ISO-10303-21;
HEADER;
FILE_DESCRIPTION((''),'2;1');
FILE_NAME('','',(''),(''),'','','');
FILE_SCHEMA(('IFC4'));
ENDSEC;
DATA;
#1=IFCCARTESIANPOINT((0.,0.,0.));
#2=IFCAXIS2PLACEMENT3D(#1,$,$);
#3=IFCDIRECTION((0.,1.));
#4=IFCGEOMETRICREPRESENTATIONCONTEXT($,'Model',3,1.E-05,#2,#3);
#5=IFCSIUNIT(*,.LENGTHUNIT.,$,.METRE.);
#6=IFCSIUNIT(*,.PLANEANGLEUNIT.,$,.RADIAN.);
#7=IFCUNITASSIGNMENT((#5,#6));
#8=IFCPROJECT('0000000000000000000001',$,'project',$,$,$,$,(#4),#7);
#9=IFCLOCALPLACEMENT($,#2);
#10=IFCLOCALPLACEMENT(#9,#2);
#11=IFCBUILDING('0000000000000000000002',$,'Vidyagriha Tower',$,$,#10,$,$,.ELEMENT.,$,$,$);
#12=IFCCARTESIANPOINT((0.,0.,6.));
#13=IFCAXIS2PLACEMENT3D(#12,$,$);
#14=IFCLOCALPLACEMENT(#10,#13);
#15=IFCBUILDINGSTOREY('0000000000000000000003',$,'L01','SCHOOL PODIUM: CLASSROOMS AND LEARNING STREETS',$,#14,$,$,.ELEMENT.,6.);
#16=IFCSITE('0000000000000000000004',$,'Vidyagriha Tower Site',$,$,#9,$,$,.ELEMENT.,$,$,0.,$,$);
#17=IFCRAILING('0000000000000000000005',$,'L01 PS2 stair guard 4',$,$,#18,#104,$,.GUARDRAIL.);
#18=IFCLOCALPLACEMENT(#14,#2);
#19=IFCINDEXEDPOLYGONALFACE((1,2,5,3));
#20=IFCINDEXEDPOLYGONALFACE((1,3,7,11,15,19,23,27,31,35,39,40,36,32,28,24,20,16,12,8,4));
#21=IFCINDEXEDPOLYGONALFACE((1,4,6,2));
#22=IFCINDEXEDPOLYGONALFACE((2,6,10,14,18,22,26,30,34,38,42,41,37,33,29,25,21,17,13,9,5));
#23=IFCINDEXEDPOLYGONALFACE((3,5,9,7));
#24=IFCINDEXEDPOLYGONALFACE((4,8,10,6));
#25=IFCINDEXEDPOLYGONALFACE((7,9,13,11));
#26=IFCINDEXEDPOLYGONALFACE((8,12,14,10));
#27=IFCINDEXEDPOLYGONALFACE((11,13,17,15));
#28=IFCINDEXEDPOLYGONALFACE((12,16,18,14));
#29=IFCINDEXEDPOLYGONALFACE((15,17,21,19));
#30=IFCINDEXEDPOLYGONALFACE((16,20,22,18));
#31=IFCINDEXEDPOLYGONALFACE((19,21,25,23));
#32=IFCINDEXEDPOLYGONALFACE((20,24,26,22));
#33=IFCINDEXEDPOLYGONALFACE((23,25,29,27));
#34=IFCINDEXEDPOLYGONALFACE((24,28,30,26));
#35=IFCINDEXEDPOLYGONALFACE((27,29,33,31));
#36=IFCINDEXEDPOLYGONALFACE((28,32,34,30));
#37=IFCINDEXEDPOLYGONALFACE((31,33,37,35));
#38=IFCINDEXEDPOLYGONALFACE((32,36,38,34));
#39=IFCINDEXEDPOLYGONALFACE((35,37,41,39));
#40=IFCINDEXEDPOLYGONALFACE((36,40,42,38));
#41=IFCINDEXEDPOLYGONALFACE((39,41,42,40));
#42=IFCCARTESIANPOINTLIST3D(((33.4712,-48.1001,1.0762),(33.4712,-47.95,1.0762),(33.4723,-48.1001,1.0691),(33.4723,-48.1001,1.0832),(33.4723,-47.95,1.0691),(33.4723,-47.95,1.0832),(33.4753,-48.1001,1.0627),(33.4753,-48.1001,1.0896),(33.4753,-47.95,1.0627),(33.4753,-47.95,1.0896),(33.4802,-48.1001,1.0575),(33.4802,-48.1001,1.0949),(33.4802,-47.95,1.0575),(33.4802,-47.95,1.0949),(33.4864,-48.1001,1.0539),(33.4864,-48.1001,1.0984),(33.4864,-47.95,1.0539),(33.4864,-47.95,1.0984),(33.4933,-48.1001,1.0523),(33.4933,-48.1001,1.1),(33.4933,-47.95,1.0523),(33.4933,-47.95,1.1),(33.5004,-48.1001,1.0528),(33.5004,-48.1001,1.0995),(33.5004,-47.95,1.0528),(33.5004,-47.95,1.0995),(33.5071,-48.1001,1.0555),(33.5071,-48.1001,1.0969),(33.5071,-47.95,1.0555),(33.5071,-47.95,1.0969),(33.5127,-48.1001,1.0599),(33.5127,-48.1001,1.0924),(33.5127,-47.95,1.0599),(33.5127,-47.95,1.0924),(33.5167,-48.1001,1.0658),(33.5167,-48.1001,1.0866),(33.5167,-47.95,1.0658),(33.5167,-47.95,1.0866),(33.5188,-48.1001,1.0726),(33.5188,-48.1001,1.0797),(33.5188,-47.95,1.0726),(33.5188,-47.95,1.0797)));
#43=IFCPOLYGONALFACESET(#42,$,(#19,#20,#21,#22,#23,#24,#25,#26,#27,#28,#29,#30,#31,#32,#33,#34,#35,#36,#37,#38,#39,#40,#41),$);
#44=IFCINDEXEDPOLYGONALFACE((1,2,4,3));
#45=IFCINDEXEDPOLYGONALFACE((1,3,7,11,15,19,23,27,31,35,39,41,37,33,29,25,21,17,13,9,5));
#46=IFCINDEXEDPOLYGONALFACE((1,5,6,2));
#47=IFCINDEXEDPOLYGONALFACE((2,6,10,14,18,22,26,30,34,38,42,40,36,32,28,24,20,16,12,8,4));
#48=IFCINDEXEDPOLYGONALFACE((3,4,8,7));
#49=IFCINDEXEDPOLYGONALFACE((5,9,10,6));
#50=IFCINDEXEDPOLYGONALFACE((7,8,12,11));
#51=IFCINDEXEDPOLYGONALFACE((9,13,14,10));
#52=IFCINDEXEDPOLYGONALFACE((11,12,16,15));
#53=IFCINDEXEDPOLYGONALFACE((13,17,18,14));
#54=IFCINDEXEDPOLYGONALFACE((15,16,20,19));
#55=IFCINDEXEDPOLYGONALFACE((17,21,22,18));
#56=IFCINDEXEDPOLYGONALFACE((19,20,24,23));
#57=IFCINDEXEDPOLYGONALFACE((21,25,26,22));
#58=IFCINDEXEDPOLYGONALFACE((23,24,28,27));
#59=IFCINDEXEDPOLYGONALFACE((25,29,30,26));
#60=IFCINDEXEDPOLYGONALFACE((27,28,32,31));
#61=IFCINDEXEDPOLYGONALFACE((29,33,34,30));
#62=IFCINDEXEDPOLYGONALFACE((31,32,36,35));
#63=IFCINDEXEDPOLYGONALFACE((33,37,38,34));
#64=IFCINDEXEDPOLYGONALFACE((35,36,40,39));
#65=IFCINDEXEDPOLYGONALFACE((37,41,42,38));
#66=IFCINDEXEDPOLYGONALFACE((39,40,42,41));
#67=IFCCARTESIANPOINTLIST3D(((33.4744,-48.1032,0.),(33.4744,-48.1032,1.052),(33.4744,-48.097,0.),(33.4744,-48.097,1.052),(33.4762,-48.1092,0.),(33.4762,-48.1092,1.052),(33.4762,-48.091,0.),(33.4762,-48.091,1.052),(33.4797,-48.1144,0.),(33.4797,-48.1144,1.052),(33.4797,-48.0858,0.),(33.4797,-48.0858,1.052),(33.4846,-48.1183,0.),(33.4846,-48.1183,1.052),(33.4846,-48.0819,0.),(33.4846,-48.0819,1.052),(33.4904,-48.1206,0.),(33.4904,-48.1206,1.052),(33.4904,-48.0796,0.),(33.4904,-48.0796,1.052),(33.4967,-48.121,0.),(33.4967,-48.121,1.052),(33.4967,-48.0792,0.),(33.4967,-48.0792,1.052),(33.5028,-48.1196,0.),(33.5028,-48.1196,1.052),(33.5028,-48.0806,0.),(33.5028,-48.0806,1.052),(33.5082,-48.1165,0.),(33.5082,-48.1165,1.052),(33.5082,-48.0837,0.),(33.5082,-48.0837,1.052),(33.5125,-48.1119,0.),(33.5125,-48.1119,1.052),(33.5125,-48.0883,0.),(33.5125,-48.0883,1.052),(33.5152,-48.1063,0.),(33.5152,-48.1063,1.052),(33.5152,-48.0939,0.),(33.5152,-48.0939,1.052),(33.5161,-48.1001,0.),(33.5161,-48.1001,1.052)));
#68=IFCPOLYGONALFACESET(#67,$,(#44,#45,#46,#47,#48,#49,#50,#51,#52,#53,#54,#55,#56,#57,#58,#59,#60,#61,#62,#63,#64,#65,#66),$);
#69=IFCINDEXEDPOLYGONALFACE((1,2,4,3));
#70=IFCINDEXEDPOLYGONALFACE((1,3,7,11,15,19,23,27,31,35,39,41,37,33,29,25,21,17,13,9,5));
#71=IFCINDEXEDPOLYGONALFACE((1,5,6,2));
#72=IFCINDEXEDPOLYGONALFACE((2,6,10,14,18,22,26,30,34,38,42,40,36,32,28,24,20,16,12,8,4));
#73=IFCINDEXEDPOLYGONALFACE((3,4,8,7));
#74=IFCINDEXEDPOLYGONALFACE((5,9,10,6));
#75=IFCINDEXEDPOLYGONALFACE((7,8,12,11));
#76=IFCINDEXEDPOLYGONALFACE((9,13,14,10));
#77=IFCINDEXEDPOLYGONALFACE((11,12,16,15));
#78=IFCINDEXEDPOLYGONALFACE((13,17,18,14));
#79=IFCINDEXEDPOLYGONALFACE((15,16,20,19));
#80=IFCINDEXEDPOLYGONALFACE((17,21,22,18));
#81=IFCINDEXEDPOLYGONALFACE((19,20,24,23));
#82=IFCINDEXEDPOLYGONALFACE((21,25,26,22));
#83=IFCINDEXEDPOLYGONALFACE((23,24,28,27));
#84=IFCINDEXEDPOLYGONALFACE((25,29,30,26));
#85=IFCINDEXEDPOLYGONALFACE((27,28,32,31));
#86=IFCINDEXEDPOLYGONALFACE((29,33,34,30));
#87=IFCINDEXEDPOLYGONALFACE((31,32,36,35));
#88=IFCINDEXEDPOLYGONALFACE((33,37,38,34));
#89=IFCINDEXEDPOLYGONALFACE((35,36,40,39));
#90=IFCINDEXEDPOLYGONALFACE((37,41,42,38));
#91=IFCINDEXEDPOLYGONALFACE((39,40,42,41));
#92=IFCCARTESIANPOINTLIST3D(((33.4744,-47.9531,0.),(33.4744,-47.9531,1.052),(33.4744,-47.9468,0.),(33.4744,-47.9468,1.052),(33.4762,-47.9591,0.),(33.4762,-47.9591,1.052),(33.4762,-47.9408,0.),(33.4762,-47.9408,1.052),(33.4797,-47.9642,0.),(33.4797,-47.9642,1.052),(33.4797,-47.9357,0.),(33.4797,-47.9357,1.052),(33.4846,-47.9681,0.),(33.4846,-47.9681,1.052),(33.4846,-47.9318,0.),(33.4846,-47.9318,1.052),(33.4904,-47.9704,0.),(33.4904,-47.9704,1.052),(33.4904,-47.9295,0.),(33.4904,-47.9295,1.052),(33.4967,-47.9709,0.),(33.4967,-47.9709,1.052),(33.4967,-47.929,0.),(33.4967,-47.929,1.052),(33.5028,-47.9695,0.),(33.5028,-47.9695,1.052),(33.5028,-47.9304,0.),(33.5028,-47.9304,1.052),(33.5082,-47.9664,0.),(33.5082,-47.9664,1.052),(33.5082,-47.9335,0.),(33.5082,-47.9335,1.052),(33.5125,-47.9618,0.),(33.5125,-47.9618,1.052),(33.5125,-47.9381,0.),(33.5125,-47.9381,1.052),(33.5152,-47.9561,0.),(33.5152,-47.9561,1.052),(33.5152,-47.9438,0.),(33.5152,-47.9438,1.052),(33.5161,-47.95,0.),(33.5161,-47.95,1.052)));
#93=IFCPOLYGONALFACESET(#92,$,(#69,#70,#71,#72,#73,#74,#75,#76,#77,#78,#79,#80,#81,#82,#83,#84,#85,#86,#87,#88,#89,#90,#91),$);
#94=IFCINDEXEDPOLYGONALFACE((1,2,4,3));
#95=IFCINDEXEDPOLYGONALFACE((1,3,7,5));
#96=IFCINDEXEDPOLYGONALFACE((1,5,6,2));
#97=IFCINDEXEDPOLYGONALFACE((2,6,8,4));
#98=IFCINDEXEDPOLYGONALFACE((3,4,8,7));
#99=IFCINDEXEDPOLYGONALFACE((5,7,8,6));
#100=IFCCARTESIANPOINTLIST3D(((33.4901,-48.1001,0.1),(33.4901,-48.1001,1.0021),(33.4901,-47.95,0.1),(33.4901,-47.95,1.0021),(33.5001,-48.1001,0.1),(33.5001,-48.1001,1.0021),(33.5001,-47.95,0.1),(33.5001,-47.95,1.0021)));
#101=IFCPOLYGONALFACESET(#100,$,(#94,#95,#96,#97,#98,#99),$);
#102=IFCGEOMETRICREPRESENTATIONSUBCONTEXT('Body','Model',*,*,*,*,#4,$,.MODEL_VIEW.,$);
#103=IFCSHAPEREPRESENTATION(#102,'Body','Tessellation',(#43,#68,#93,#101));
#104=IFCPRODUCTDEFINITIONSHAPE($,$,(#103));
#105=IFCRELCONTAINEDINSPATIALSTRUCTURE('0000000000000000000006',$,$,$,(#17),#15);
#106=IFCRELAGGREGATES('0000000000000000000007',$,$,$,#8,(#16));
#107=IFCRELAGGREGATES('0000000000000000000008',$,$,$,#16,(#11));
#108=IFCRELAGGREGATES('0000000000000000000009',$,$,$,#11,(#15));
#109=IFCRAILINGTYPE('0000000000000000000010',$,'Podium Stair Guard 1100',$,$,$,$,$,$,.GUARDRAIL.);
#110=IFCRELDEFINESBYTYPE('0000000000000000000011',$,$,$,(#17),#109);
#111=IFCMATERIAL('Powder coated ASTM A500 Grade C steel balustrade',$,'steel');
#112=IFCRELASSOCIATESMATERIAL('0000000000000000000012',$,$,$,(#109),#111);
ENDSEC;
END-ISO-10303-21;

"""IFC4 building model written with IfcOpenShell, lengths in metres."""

from ifc_helpers import new_model, si_unit, direction, frame, origin, origin_2d, place, context, subcontext, project, spatial, rectangle, circle, extrude, material, type_object, element, save


model = new_model("IFC4")

# Units and contexts
model_context = context("Model", 3, precision=1e-05, world=origin(), true_north=direction((0.0, 1.0)))
body_context = subcontext(model_context, "Body", "Model", "MODEL_VIEW")
ifc_project = project(units=[si_unit("LENGTHUNIT", "METRE"), si_unit("PLANEANGLEUNIT", "RADIAN")], contexts=[model_context])

# Site, building, storey
site_placement = place(None, origin())
site = spatial("IfcSite", under=ifc_project, at=site_placement, Name="Vidyagriha Tower Site", CompositionType="ELEMENT", RefElevation=0.0)
building_placement = place(site_placement, origin())
building = spatial("IfcBuilding", under=site, at=building_placement, Name="Vidyagriha Tower", CompositionType="ELEMENT")
storey_placement = place(building_placement, frame((0.0, 0.0, 6.0)))
storey = spatial("IfcBuildingStorey", under=building, at=storey_placement, Name="L01", Description="SCHOOL PODIUM: CLASSROOMS AND LEARNING STREETS", CompositionType="ELEMENT", Elevation=6.0)

# Railing
ifc_material_1 = material(Name="Powder coated ASTM A500 Grade C steel balustrade", Category="steel")
railing_type_1 = type_object("IfcRailingType", Name="Podium Stair Guard 1100", PredefinedType="GUARDRAIL", material=ifc_material_1)
railing_1_placement = place(storey_placement, frame((33.4951, -48.1001, 0.0)))
element("IfcRailing", 1, at=railing_1_placement, inside=storey, type_object=railing_type_1, Name="L01 PS2 stair guard 4", PredefinedType="GUARDRAIL", context=body_context, shape_type="SweptSolid", body=[
    extrude(circle(Radius=0.0239, at=origin_2d()), frame((0.0, 0.0, 1.0762), z_axis=(0.0, 1.0, 0.0), x_axis=(-1.0, 0.0, 0.0)), (0.0, 0.0, 1.0), 0.1501),
    extrude(circle(Radius=0.021, at=origin_2d()), origin(), (0.0, 0.0, 1.0), 1.052),
    extrude(circle(Radius=0.021, at=origin_2d()), frame((0.0, 0.1501, 0.0)), (0.0, 0.0, 1.0), 1.052),
    extrude(rectangle(XDim=0.01, YDim=0.9021, at=origin_2d()), frame((0.0, 0.0, 0.551), z_axis=(0.0, 1.0, 0.0), x_axis=(-1.0, 0.0, 0.0)), (0.0, 0.0, 1.0), 0.1501),
])

save(model, "model.ifc")
